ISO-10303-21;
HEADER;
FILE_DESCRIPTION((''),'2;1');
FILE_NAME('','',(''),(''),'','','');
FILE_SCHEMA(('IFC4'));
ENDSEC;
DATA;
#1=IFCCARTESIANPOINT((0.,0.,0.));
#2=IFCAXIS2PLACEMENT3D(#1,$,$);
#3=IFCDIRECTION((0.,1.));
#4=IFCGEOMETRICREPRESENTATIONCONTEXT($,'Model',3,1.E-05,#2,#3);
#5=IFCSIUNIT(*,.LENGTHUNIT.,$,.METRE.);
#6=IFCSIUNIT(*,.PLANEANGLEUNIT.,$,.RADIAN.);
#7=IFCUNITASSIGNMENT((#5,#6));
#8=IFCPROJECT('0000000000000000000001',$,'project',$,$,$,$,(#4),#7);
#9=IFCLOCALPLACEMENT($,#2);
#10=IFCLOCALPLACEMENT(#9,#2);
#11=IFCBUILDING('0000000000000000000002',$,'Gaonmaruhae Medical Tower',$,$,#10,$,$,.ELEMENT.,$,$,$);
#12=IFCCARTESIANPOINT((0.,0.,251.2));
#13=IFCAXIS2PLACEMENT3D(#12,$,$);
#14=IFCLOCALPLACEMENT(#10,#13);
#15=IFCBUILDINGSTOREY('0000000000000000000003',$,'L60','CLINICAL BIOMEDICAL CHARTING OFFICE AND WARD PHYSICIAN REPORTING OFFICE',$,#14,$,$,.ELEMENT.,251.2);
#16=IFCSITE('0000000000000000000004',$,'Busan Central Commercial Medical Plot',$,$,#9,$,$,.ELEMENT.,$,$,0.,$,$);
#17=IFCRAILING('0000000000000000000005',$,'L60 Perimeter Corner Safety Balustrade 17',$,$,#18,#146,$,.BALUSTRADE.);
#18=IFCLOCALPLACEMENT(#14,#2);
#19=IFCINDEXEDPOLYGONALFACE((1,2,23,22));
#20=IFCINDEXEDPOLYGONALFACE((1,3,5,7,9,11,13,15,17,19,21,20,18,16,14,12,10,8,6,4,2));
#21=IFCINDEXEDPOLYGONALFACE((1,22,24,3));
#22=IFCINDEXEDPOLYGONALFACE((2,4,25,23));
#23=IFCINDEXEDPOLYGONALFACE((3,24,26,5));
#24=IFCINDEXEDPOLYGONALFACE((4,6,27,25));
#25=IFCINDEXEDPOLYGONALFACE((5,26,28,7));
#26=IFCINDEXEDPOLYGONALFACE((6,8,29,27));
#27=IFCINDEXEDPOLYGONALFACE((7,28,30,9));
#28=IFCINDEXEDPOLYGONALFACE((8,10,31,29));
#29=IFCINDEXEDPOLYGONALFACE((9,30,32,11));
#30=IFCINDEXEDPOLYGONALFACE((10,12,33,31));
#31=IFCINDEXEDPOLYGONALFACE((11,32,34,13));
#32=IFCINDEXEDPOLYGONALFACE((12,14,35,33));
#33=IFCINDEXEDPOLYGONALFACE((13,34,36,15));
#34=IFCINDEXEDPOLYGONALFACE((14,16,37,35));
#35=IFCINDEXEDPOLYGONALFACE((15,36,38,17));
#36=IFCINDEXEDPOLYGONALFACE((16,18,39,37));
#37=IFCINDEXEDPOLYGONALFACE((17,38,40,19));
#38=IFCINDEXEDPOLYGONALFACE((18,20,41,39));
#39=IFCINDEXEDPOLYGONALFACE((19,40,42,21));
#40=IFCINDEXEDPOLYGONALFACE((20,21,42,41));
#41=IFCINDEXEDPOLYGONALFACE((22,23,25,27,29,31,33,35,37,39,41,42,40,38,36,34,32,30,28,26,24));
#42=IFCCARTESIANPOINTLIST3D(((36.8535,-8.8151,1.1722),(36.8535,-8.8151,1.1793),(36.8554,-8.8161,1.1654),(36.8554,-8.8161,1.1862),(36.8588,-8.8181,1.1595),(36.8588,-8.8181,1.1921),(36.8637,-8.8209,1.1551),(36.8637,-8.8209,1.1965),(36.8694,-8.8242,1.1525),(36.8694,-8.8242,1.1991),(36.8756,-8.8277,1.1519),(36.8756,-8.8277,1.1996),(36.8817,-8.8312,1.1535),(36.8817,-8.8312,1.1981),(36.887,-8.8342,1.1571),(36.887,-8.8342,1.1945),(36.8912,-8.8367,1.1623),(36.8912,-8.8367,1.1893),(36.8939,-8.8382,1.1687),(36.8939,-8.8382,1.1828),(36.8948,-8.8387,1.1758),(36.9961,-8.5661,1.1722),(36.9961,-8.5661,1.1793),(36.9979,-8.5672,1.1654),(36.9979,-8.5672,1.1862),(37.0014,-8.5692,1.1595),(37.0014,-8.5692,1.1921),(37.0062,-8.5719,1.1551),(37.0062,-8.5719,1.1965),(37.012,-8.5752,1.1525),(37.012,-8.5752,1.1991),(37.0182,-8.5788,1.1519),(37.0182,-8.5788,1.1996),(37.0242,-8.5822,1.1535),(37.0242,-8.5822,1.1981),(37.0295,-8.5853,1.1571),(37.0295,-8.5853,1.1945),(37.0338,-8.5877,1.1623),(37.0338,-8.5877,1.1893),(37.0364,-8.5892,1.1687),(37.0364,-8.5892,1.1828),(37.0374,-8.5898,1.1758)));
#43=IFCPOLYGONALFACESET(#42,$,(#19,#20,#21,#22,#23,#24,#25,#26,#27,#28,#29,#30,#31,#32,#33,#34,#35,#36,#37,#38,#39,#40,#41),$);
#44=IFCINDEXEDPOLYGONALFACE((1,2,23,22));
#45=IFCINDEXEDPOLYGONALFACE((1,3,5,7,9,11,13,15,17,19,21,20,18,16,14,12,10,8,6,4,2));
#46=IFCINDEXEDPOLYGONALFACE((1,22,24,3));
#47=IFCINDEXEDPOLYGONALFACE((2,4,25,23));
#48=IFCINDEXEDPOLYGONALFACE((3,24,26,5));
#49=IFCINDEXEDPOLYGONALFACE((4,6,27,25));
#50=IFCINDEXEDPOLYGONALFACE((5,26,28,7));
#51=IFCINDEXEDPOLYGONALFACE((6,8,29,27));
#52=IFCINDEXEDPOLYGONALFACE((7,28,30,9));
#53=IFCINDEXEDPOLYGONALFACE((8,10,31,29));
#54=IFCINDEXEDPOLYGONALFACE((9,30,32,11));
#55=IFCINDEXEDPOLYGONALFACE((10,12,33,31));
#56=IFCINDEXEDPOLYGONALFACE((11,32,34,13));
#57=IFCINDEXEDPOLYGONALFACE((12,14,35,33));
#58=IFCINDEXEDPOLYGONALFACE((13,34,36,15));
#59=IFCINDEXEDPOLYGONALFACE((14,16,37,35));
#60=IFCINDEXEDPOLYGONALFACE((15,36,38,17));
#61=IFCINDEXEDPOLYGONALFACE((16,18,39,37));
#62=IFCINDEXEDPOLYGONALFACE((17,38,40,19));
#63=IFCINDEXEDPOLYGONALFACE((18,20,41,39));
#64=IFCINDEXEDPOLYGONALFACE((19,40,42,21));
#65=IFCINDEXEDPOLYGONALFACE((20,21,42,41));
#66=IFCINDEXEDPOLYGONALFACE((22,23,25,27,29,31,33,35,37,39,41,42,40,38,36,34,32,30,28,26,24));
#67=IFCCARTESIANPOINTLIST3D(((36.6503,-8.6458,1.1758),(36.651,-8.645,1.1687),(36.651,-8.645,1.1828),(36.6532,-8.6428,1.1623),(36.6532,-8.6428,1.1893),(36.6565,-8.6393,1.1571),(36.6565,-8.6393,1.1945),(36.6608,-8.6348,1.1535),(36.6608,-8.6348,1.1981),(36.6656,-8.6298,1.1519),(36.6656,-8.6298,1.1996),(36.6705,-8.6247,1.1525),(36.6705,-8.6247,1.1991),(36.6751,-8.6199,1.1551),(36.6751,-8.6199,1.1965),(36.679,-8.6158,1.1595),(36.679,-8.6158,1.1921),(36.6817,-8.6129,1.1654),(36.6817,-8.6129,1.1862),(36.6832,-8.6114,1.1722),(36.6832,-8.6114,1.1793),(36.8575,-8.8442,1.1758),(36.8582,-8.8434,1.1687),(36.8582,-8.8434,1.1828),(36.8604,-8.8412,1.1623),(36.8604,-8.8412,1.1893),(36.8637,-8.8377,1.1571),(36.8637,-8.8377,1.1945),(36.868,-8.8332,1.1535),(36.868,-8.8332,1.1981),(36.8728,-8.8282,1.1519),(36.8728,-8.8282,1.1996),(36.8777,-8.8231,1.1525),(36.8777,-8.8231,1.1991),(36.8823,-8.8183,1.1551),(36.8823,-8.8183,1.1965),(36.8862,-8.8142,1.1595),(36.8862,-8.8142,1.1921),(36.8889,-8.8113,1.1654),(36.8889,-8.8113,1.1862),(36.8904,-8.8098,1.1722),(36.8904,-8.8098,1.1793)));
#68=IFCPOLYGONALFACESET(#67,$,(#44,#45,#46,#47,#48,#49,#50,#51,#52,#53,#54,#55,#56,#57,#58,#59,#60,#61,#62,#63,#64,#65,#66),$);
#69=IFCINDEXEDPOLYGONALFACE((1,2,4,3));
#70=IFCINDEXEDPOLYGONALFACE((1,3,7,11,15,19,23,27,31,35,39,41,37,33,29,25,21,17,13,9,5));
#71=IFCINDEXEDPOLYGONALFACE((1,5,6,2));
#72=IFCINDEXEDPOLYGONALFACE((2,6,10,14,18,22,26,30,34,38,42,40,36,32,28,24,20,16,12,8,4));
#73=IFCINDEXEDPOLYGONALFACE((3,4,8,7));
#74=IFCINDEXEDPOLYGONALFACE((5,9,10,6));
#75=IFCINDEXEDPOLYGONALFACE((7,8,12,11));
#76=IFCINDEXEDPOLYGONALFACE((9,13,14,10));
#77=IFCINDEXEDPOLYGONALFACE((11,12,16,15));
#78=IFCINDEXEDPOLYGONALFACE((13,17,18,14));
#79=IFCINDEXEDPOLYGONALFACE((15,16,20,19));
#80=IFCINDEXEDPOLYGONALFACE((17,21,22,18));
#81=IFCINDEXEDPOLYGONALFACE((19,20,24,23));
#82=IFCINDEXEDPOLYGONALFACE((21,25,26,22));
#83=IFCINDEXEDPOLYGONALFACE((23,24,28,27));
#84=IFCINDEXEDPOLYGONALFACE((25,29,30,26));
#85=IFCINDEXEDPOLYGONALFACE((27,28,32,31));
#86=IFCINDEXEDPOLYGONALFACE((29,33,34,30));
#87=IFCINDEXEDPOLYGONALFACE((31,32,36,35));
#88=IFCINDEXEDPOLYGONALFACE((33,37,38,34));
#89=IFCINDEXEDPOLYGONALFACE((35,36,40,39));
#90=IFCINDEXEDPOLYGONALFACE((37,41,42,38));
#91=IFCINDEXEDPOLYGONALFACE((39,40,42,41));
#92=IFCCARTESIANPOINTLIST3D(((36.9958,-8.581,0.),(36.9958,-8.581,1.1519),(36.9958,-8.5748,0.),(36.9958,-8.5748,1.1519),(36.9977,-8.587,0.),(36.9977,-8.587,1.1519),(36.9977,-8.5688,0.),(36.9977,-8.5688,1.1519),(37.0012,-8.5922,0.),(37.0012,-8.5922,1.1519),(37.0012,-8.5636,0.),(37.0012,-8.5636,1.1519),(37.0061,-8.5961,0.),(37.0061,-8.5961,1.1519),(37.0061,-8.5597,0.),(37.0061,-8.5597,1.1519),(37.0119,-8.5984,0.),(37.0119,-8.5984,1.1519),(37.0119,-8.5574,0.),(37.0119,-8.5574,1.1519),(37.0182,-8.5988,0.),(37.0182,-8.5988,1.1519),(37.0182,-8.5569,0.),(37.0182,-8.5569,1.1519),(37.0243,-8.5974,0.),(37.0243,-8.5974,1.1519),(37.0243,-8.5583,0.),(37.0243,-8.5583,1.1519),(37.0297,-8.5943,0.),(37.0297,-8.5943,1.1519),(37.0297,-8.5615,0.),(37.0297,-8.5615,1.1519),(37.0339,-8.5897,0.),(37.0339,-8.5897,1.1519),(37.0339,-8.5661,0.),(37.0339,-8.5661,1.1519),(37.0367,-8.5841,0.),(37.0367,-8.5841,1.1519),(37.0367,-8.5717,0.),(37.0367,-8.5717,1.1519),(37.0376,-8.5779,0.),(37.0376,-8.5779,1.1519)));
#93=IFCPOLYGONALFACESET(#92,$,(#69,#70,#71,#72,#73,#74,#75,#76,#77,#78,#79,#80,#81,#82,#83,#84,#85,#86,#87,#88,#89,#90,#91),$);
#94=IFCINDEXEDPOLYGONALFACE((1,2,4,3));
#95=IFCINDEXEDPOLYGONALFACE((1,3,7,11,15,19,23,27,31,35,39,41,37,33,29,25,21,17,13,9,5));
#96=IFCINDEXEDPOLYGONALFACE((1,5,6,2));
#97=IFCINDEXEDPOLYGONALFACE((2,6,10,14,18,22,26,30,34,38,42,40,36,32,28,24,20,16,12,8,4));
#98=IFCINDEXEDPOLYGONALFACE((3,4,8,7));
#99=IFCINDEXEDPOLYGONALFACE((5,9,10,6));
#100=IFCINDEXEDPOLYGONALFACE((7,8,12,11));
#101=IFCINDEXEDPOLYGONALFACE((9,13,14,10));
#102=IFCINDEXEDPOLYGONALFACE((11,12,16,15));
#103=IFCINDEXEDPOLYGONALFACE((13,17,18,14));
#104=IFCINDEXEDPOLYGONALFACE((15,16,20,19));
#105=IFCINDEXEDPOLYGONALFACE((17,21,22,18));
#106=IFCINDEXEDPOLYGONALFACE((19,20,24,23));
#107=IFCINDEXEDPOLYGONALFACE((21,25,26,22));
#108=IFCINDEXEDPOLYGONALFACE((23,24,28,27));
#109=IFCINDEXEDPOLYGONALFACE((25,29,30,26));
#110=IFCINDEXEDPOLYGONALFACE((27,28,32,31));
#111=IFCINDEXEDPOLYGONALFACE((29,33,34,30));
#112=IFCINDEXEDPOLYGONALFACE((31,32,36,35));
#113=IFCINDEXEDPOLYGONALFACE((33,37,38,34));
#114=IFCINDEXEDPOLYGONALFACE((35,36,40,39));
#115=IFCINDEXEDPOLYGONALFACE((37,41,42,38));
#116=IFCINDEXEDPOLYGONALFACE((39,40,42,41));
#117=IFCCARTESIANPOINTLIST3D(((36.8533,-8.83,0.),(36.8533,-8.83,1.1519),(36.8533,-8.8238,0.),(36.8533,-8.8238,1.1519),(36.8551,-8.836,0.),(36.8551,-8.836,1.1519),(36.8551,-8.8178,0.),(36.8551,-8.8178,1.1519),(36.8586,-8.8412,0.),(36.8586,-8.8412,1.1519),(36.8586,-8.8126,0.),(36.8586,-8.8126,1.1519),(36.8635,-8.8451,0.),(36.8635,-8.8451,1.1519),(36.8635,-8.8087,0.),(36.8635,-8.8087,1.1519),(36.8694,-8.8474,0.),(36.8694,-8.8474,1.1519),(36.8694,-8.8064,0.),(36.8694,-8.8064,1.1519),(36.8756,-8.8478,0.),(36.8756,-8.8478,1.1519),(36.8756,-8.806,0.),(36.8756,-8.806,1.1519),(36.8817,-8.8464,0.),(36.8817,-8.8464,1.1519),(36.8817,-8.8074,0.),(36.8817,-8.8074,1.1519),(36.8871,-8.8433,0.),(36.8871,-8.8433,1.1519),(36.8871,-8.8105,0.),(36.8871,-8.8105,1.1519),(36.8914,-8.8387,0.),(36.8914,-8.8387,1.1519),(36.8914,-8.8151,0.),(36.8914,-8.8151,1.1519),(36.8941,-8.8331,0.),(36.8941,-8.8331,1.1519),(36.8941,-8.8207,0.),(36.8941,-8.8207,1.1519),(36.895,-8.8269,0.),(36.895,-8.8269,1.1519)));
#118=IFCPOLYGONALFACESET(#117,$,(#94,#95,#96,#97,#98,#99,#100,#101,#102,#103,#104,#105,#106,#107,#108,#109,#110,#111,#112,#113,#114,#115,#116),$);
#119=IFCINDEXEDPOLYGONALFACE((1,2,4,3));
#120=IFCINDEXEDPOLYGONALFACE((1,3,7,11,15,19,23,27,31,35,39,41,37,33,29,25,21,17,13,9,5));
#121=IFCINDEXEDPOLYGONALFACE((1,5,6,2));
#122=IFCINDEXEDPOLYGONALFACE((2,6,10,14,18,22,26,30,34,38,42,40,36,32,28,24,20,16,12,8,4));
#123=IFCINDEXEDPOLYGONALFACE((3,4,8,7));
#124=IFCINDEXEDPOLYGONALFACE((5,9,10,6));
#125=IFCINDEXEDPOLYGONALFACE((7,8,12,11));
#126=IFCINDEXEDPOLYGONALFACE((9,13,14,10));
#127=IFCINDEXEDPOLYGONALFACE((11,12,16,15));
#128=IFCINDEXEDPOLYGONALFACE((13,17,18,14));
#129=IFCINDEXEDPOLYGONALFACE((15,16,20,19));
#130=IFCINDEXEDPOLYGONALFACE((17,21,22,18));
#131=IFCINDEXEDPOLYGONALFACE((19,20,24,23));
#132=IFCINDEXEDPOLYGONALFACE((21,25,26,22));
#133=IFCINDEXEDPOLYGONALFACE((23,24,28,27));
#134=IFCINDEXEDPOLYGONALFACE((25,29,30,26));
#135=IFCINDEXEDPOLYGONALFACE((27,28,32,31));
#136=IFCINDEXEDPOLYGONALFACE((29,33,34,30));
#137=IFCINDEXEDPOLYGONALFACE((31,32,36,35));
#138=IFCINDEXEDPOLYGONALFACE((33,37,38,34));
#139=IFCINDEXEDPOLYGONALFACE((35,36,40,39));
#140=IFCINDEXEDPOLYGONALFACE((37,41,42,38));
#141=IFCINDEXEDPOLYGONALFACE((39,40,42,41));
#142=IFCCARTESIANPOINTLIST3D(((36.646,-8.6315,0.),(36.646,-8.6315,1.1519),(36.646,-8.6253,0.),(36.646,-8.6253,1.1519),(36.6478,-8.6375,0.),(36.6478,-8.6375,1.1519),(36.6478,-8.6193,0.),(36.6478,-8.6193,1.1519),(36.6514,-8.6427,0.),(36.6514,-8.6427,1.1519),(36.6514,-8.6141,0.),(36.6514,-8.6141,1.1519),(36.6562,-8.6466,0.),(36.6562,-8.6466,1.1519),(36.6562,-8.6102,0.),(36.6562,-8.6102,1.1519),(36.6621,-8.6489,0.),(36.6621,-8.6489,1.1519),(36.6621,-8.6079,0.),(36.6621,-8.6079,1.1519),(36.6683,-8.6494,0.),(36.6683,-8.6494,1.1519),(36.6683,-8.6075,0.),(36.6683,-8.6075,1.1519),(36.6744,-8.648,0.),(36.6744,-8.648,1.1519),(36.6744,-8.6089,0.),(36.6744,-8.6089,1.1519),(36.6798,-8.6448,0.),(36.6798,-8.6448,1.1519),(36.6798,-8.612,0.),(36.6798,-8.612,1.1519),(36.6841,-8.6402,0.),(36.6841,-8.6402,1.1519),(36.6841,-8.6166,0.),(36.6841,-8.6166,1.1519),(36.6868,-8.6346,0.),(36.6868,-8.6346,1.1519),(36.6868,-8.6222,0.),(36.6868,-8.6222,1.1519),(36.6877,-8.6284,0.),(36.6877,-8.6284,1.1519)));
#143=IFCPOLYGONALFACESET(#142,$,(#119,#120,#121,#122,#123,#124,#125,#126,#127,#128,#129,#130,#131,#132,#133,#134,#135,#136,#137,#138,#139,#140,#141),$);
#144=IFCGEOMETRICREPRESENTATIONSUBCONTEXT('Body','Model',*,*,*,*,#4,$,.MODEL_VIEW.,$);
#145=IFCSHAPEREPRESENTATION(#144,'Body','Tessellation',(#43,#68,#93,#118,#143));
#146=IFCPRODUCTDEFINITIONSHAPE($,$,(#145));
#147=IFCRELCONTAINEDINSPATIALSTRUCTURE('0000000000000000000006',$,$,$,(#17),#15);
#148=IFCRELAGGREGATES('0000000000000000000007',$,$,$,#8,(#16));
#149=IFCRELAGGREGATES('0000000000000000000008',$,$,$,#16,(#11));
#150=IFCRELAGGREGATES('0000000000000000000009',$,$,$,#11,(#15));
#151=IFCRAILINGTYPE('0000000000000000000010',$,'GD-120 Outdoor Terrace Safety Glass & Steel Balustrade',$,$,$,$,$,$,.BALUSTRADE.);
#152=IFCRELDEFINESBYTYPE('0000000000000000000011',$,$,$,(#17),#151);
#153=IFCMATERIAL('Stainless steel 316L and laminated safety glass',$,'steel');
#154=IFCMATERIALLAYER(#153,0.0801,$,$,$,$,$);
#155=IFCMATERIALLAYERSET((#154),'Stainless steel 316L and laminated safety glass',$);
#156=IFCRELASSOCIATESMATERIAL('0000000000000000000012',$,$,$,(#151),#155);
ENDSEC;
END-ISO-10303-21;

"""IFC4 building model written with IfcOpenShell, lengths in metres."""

from ifc_helpers import new_model, si_unit, direction, frame, origin, origin_2d, place, context, subcontext, project, spatial, circle, extrude, material, layer, layer_set, type_object, element, save


model = new_model("IFC4")

# Units and contexts
model_context = context("Model", 3, precision=1e-05, world=origin(), true_north=direction((0.0, 1.0)))
body_context = subcontext(model_context, "Body", "Model", "MODEL_VIEW")
ifc_project = project(units=[si_unit("LENGTHUNIT", "METRE"), si_unit("PLANEANGLEUNIT", "RADIAN")], contexts=[model_context])

# Site, building, storey
site_placement = place(None, origin())
site = spatial("IfcSite", under=ifc_project, at=site_placement, Name="Busan Central Commercial Medical Plot", CompositionType="ELEMENT", RefElevation=0.0)
building_placement = place(site_placement, origin())
building = spatial("IfcBuilding", under=site, at=building_placement, Name="Gaonmaruhae Medical Tower", CompositionType="ELEMENT")
storey_placement = place(building_placement, frame((0.0, 0.0, 251.2)))
storey = spatial("IfcBuildingStorey", under=building, at=storey_placement, Name="L60", Description="CLINICAL BIOMEDICAL CHARTING OFFICE AND WARD PHYSICIAN REPORTING OFFICE", CompositionType="ELEMENT", Elevation=251.2)

# Railing
ifc_material_1 = material(Name="Stainless steel 316L and laminated safety glass", Category="steel")
ifc_layer_1 = layer(ifc_material_1, 0.0801)
ifc_layer_set_1 = layer_set([ifc_layer_1], Name="Stainless steel 316L and laminated safety glass")
railing_type = type_object("IfcRailingType", Name="GD-120 Outdoor Terrace Safety Glass & Steel Balustrade", PredefinedType="BALUSTRADE", material=ifc_layer_set_1)
railing_1_placement = place(storey_placement, frame((37.0166, -8.5779, 0.0)))
element("IfcRailing", 1, at=railing_1_placement, inside=storey, type_object=railing_type, Name="L60 Perimeter Corner Safety Balustrade 17", PredefinedType="BALUSTRADE", context=body_context, shape_type="SweptSolid", body=[
    extrude(circle(Radius=0.0239, at=origin_2d()), frame((0.0, 0.0, 1.1758), z_axis=(-0.496872, -0.867824, 0.0), x_axis=(0.867824, -0.496872, 0.0)), (0.0, 0.0, 1.0), 0.2869),
    extrude(circle(Radius=0.0239, at=origin_2d()), frame((-0.1426, -0.249, 1.1758), z_axis=(-0.722254, 0.691628, 0.0), x_axis=(-0.691628, -0.722254, 0.0)), (0.0, 0.0, 1.0), 0.2869),
    extrude(circle(Radius=0.021, at=origin_2d()), origin(), (0.0, 0.0, 1.0), 1.1519),
    extrude(circle(Radius=0.021, at=origin_2d()), frame((-0.1426, -0.249, 0.0)), (0.0, 0.0, 1.0), 1.1519),
    extrude(circle(Radius=0.021, at=origin_2d()), frame((-0.3499, -0.0505, 0.0)), (0.0, 0.0, 1.0), 1.1519),
])

save(model, "model.ifc")
